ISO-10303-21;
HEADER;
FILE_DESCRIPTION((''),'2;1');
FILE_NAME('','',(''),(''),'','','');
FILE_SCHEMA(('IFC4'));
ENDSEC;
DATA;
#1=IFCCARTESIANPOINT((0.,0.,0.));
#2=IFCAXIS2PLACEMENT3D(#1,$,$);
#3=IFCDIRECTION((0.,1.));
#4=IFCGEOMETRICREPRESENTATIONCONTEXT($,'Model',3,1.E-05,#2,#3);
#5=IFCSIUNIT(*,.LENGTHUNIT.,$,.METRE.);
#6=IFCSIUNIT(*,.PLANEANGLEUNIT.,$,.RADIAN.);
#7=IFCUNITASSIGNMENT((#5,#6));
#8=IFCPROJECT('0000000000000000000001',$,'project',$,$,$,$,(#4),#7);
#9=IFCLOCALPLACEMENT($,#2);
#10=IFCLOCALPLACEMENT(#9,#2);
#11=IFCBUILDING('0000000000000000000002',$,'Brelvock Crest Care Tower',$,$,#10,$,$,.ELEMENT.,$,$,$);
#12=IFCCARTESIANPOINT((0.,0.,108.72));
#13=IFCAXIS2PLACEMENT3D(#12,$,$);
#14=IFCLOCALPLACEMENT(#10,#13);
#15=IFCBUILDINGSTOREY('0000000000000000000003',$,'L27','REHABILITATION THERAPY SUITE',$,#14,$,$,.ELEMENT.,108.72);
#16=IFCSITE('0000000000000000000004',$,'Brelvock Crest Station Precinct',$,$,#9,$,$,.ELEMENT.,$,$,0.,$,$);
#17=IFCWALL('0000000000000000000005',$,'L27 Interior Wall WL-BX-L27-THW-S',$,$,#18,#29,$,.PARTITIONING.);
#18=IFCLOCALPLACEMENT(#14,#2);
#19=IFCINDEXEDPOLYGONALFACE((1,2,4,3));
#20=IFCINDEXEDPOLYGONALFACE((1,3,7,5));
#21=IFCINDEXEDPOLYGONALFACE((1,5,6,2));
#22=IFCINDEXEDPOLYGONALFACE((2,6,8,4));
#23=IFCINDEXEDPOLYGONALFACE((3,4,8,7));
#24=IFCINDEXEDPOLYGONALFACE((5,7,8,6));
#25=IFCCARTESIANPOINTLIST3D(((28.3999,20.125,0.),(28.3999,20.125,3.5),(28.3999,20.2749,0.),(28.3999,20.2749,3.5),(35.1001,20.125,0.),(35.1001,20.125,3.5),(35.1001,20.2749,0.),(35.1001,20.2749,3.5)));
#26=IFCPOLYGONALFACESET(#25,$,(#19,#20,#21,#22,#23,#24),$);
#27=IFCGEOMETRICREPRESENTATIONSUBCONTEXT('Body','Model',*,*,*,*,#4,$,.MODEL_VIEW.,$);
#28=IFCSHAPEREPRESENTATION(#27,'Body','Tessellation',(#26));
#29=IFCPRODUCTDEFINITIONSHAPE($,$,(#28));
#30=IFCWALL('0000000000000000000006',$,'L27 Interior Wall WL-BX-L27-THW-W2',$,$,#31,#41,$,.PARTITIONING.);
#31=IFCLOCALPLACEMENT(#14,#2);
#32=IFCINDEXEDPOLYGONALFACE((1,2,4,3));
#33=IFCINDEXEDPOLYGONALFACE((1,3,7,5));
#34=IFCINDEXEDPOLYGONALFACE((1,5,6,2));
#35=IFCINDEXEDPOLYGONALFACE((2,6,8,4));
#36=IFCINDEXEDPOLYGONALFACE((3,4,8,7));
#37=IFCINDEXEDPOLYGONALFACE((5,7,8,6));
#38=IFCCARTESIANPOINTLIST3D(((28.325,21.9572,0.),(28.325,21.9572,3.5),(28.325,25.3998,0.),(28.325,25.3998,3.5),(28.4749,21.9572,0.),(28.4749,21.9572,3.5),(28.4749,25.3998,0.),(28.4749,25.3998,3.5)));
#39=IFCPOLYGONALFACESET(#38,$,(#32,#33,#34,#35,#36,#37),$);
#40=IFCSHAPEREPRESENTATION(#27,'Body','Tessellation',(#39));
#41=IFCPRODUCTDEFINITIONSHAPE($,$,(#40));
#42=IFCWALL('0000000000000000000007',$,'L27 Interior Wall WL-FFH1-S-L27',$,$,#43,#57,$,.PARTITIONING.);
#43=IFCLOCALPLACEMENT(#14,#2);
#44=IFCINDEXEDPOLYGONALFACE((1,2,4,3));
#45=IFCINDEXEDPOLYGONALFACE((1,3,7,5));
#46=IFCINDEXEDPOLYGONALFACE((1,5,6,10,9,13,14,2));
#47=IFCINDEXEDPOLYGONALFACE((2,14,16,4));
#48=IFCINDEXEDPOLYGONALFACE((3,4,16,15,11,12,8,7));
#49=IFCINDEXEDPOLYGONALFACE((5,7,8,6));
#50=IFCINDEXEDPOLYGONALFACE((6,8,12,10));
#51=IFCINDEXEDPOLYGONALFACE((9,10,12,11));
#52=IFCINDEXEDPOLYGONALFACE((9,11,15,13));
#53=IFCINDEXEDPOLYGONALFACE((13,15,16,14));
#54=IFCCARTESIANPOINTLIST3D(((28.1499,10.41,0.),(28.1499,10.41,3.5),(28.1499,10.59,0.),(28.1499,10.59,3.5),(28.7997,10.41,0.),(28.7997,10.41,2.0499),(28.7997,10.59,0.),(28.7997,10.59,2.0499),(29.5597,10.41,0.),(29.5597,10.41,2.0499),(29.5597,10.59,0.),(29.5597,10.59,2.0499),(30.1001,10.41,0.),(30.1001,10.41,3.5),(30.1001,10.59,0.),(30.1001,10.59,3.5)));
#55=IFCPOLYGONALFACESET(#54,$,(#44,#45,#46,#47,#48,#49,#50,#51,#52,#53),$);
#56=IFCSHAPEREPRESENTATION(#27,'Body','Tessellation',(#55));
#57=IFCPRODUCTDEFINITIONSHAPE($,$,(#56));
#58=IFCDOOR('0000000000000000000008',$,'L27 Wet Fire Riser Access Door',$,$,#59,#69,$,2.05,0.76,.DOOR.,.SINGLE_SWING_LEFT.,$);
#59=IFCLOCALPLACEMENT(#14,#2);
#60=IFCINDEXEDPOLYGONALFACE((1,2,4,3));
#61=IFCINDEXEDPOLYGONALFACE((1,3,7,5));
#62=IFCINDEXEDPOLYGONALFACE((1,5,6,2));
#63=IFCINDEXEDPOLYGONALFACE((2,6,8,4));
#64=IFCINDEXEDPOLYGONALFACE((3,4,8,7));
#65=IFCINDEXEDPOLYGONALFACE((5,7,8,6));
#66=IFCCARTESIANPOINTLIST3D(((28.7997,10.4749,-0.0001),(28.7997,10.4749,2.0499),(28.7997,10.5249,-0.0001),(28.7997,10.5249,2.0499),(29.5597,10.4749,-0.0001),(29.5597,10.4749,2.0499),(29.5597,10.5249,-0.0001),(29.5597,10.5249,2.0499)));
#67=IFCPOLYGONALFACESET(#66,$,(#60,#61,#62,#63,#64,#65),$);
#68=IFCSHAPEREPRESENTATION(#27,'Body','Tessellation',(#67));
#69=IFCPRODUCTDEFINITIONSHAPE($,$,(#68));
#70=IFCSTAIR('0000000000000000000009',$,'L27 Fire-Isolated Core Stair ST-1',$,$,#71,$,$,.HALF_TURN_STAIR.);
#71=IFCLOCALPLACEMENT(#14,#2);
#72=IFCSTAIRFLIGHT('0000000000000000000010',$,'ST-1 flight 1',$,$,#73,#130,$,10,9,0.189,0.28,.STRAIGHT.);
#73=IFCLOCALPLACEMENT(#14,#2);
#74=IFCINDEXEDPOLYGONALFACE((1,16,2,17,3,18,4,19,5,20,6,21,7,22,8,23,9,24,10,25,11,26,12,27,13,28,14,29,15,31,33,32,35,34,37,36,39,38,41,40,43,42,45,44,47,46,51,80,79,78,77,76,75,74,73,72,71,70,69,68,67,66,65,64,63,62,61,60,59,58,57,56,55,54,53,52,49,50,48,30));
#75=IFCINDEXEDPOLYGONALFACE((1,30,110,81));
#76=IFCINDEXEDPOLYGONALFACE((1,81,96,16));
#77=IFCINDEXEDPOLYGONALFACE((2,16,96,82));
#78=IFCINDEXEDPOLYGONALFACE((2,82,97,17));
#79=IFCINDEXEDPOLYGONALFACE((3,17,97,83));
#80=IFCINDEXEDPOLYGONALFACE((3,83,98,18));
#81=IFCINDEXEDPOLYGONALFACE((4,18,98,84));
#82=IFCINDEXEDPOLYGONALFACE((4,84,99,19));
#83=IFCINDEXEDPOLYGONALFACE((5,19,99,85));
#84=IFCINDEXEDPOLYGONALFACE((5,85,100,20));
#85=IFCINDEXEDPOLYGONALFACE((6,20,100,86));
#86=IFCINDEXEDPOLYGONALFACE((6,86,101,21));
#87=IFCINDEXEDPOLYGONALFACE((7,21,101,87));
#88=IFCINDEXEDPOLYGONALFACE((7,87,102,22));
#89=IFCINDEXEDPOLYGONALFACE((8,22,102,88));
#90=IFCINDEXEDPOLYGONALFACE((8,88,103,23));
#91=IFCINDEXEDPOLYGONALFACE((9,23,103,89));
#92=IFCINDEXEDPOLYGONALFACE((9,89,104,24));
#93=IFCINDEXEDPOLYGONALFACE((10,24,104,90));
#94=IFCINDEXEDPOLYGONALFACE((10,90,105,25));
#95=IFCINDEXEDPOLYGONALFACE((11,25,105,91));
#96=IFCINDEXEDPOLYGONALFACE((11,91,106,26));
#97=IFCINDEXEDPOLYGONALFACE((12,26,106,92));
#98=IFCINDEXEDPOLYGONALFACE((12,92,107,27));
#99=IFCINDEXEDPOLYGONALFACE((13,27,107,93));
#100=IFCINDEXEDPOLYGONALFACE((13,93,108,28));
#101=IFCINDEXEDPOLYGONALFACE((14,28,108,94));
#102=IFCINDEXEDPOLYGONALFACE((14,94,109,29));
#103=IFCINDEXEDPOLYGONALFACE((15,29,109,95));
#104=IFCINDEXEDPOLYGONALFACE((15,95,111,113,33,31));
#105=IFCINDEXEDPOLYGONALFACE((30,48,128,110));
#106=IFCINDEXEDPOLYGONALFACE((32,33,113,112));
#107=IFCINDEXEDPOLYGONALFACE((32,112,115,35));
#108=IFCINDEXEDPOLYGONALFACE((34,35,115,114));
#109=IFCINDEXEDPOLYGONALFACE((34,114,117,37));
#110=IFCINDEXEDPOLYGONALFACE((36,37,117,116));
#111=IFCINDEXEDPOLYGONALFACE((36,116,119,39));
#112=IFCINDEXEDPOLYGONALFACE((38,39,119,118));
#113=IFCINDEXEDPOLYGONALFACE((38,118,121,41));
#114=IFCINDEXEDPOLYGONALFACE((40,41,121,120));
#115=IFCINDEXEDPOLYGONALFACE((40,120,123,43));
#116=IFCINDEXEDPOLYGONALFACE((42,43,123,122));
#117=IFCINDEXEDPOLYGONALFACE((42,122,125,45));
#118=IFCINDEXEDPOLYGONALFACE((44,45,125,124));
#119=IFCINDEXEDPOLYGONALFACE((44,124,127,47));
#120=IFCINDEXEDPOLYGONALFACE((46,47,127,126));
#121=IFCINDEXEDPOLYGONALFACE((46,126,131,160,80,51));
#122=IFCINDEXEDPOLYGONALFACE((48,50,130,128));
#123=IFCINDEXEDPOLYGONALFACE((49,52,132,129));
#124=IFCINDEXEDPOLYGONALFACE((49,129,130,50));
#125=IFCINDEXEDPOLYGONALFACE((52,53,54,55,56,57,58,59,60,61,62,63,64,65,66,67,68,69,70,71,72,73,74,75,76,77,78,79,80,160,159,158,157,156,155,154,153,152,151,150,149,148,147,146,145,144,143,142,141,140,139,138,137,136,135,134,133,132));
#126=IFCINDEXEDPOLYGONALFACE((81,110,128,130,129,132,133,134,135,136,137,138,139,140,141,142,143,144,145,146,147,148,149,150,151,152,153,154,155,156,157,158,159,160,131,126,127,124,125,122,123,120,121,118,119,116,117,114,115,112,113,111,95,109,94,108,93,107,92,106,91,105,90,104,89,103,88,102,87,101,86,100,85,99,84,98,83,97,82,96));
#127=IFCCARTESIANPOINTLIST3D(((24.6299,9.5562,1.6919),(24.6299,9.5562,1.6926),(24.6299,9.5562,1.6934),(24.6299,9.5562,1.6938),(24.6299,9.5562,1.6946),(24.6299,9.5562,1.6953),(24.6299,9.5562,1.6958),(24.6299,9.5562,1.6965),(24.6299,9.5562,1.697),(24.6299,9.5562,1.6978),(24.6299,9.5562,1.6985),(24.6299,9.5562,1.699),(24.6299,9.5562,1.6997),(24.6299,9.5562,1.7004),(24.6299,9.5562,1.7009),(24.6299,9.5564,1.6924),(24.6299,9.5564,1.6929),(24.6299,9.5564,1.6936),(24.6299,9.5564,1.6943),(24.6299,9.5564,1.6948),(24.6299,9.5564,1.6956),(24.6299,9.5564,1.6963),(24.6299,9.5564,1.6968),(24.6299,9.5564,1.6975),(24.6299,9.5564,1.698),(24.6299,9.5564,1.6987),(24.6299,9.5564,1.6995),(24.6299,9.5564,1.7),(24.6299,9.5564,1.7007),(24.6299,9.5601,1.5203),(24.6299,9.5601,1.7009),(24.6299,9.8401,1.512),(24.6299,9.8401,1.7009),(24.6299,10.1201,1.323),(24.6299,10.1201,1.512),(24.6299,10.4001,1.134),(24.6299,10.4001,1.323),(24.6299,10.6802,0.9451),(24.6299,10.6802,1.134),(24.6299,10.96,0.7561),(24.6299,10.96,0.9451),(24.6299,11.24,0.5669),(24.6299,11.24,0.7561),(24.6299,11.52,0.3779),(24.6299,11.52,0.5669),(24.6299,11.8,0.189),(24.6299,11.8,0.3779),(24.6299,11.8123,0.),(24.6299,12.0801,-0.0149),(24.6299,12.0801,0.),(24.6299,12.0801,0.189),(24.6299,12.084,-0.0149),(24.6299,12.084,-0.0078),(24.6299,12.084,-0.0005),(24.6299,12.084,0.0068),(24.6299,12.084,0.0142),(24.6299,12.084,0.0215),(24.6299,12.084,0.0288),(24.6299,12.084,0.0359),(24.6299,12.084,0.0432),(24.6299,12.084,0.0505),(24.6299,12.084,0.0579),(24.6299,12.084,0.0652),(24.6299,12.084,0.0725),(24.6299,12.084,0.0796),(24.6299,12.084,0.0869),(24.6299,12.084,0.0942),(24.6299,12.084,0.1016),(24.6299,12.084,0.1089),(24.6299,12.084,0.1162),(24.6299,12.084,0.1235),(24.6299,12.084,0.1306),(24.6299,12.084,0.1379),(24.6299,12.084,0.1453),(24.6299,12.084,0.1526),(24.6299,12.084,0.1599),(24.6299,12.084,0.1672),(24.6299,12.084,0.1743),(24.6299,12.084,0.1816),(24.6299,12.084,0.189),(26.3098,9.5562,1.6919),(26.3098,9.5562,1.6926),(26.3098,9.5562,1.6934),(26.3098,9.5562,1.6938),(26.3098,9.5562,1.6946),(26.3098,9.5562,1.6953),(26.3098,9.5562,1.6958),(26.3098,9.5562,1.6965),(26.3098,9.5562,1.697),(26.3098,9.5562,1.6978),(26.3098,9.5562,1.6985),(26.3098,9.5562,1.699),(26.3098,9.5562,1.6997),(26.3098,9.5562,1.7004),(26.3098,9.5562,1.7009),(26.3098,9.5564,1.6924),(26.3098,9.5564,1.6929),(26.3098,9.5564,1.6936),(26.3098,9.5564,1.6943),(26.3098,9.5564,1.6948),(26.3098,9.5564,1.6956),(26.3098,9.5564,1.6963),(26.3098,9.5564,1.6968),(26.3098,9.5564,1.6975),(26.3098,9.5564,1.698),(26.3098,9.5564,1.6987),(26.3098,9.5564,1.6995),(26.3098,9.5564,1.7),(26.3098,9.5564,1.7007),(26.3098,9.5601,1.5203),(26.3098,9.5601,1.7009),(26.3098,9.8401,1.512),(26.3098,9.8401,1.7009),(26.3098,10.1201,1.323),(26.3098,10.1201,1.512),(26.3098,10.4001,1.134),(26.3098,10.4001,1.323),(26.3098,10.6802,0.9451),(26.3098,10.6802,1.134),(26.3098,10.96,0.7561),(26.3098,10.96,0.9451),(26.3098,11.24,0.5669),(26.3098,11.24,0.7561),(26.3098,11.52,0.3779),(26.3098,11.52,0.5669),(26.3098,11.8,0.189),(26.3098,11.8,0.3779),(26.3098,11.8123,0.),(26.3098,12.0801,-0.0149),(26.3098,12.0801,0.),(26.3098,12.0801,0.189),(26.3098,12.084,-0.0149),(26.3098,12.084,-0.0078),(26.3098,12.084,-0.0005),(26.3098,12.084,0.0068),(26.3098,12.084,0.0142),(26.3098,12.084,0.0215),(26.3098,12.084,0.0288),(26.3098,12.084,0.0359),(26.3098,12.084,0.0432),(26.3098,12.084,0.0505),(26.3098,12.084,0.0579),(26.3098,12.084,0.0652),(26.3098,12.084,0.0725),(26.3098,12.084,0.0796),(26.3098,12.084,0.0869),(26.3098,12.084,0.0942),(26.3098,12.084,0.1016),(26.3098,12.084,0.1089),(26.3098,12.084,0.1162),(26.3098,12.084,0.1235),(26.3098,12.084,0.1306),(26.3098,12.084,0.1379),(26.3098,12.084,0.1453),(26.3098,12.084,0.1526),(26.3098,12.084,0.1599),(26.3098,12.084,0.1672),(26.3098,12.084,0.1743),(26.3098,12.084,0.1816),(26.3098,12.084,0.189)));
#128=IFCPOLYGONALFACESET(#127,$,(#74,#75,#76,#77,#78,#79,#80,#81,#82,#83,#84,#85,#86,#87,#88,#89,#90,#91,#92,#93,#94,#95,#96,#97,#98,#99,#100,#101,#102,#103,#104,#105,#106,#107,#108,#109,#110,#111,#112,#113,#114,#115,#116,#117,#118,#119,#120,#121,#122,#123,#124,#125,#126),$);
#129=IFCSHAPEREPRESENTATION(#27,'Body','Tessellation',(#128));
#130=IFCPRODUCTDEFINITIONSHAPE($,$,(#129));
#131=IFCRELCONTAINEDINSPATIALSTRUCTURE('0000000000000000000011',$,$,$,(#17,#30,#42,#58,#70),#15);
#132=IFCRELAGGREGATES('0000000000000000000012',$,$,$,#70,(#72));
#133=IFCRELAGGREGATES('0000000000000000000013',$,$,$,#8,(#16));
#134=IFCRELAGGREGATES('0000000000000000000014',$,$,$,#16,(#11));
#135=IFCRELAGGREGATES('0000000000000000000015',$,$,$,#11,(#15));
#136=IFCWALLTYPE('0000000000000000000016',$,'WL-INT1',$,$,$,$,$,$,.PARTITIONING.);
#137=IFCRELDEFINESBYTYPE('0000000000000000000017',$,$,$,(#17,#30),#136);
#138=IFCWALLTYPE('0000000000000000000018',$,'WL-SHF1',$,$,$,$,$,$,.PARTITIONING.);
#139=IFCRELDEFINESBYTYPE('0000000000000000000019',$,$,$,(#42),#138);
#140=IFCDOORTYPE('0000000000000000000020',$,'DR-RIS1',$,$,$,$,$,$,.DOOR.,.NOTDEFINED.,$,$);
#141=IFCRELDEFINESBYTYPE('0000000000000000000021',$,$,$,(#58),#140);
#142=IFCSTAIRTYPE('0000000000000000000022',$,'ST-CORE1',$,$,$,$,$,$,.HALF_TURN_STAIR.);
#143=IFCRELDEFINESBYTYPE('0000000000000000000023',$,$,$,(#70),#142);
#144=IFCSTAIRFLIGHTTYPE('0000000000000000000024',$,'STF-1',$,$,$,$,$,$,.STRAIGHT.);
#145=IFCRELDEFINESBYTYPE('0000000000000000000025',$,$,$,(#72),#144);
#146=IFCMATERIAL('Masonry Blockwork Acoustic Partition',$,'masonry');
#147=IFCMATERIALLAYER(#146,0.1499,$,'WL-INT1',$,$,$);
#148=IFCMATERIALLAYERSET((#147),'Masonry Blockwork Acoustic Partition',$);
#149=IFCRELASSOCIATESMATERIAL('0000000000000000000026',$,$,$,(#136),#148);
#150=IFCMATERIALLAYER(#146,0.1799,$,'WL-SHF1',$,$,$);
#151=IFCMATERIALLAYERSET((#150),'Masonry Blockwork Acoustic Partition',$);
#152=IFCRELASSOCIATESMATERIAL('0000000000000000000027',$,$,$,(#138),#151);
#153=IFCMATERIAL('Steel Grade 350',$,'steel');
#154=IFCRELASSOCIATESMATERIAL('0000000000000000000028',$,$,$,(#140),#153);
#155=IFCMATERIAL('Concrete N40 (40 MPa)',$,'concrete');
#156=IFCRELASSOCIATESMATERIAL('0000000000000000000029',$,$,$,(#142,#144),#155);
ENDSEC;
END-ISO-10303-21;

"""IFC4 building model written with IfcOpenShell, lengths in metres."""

from ifc_helpers import new_model, si_unit, direction, frame, frame_2d, origin, origin_2d, place, context, subcontext, project, spatial, polyline, rectangle, outline, extrude, source, transform, mapped, material, layer, layer_set, type_object, element, fill, aggregate, save


model = new_model("IFC4")

# Units and contexts
model_context = context("Model", 3, precision=1e-05, world=origin(), true_north=direction((0.0, 1.0)))
body_context = subcontext(model_context, "Body", "Model", "MODEL_VIEW")
ifc_project = project(units=[si_unit("LENGTHUNIT", "METRE"), si_unit("PLANEANGLEUNIT", "RADIAN")], contexts=[model_context])

# Site, building, storey
site_placement = place(None, origin())
site = spatial("IfcSite", under=ifc_project, at=site_placement, Name="Brelvock Crest Station Precinct", CompositionType="ELEMENT", RefElevation=0.0)
building_placement = place(site_placement, origin())
building = spatial("IfcBuilding", under=site, at=building_placement, Name="Brelvock Crest Care Tower", CompositionType="ELEMENT")
storey_placement = place(building_placement, frame((0.0, 0.0, 108.72)))
storey = spatial("IfcBuildingStorey", under=building, at=storey_placement, Name="L27", Description="REHABILITATION THERAPY SUITE", CompositionType="ELEMENT", Elevation=108.72)

# Shared definitions
ifc_material_1 = material(Name="Steel Grade 350", Category="steel")

# Walls
ifc_material_2 = material(Name="Masonry Blockwork Acoustic Partition", Category="masonry")
ifc_layer_1 = layer(ifc_material_2, 0.1499, Name="WL-INT1")
ifc_layer_set_1 = layer_set([ifc_layer_1], Name="Masonry Blockwork Acoustic Partition")
wall_type_1 = type_object("IfcWallType", Name="WL-INT1", PredefinedType="PARTITIONING", material=ifc_layer_set_1)
wall_1_placement = place(storey_placement, frame((28.3999, 20.2, 0.0), z_axis=(0.0, 0.0, 1.0), x_axis=(1.0, 0.0, 0.0)))
element("IfcWall", 1, at=wall_1_placement, inside=storey, type_object=wall_type_1, Name="L27 Interior Wall WL-BX-L27-THW-S", PredefinedType="PARTITIONING", context=body_context, shape_type="SweptSolid", body=[
    extrude(rectangle(XDim=6.7002, YDim=0.1499, at=frame_2d((3.3501, 0.0))), origin(), (0.0, 0.0, 1.0), 3.5),
])
wall_2_placement = place(storey_placement, frame((28.3999, 21.9573, 0.0), z_axis=(0.0, 0.0, 1.0), x_axis=(0.0, 1.0, 0.0)))
element("IfcWall", 2, at=wall_2_placement, inside=storey, type_object=wall_type_1, Name="L27 Interior Wall WL-BX-L27-THW-W2", PredefinedType="PARTITIONING", context=body_context, shape_type="SweptSolid", body=[
    extrude(rectangle(XDim=3.4426, YDim=0.1499, at=frame_2d((1.7212, 0.0))), origin(), (0.0, 0.0, 1.0), 3.5),
])

# Wall, opening, door
ifc_layer_2 = layer(ifc_material_2, 0.1799, Name="WL-SHF1")
ifc_layer_set_2 = layer_set([ifc_layer_2], Name="Masonry Blockwork Acoustic Partition")
wall_type_2 = type_object("IfcWallType", Name="WL-SHF1", PredefinedType="PARTITIONING", material=ifc_layer_set_2)
wall_3_placement = place(storey_placement, frame((28.1499, 10.5, 0.0), z_axis=(0.0, 0.0, 1.0), x_axis=(1.0, 0.0, 0.0)))
wall_3 = element("IfcWall", 3, at=wall_3_placement, inside=storey, type_object=wall_type_2, Name="L27 Interior Wall WL-FFH1-S-L27", PredefinedType="PARTITIONING", context=body_context, shape_type="SweptSolid", body=[
    extrude(rectangle(XDim=1.9502, YDim=0.1799, at=frame_2d((0.9751, 0.0))), origin(), (0.0, 0.0, 1.0), 3.5),
])
opening_placement = place(wall_3_placement, frame((0.6499, 0.0, 0.0)))
opening = element("IfcOpeningElement", 4, at=opening_placement, cuts=wall_3, PredefinedType="OPENING", context=body_context, shape_type="SweptSolid", body=[
    extrude(rectangle(XDim=0.76, YDim=2.05, at=origin_2d()), frame((0.3799, 0.1001, 1.0249), z_axis=(0.0, -1.0, 0.0), x_axis=(1.0, 0.0, 0.0)), (0.0, 0.0, 1.0), 0.2),
])
door_type = type_object("IfcDoorType", Name="DR-RIS1", OperationType="NOTDEFINED", PredefinedType="DOOR", material=ifc_material_1)
shared_shape_1 = source(origin(), body_context, "Body", "SweptSolid", [
    extrude(rectangle(XDim=0.76, YDim=2.05, at=origin_2d()), frame((0.3799, 0.0249, 1.0249), z_axis=(0.0, -1.0, 0.0), x_axis=(1.0, 0.0, 0.0)), (0.0, 0.0, 1.0), 0.05),
])
door_placement = place(opening_placement, origin())
door = element("IfcDoor", 5, at=door_placement, inside=storey, type_object=door_type, Name="L27 Wet Fire Riser Access Door", OperationType="SINGLE_SWING_LEFT", OverallHeight=2.05, OverallWidth=0.76, PredefinedType="DOOR", context=body_context, shape_type="MappedRepresentation", body=[
    mapped(shared_shape_1, transform((0.0, 0.0, 0.0), x_axis=(1.0, 0.0, 0.0), y_axis=(0.0, 1.0, 0.0), z_axis=(0.0, 0.0, 1.0), scale=1.0)),
])
fill(opening, door)

# Stair, stair flight
ifc_material_3 = material(Name="Concrete N40 (40 MPa)", Category="concrete")
stair_type = type_object("IfcStairType", Name="ST-CORE1", PredefinedType="HALF_TURN_STAIR", material=ifc_material_3)
stair_placement = place(storey_placement, origin())
stair = element("IfcStair", 6, at=stair_placement, inside=storey, type_object=stair_type, Name="L27 Fire-Isolated Core Stair ST-1", PredefinedType="HALF_TURN_STAIR")
stair_flight_type = type_object("IfcStairFlightType", Name="STF-1", PredefinedType="STRAIGHT", material=ifc_material_3)
stair_flight_1_placement = place(storey_placement, frame((25.47, 12.0801, 0.0), z_axis=(0.0, 0.0, 1.0), x_axis=(0.0, -1.0, 0.0)))
stair_flight_1 = element("IfcStairFlight", 7, at=stair_flight_1_placement, type_object=stair_flight_type, Name="ST-1 flight 1", NumberOfRisers=10, NumberOfTreads=9, PredefinedType="STRAIGHT", RiserHeight=0.189, TreadLength=0.28, context=body_context, shape_type="SweptSolid", body=[
    extrude(outline(polyline([(-0.0039, -0.0149), (-0.0039, -0.0078), (-0.0039, -0.0005), (-0.0039, 0.0068), (-0.0039, 0.0142), (-0.0039, 0.0215), (-0.0039, 0.0288), (-0.0039, 0.0359), (-0.0039, 0.0432), (-0.0039, 0.0505), (-0.0039, 0.0579), (-0.0039, 0.0652), (-0.0039, 0.0725), (-0.0039, 0.0796), (-0.0039, 0.0869), (-0.0039, 0.0942), (-0.0039, 0.1016), (-0.0039, 0.1089), (-0.0039, 0.1162), (-0.0039, 0.1235), (-0.0039, 0.1306), (-0.0039, 0.1379), (-0.0039, 0.1453), (-0.0039, 0.1526), (-0.0039, 0.1599), (-0.0039, 0.1672), (-0.0039, 0.1743), (-0.0039, 0.1816), (-0.0039, 0.189), (0.0, 0.189), (0.28, 0.189), (0.28, 0.3779), (0.5601, 0.3779), (0.5601, 0.5669), (0.8401, 0.5669), (0.8401, 0.7561), (1.1201, 0.7561), (1.1201, 0.9451), (1.3999, 0.9451), (1.3999, 1.134), (1.6799, 1.134), (1.6799, 1.323), (1.96, 1.323), (1.96, 1.512), (2.24, 1.512), (2.24, 1.7009), (2.52, 1.7009), (2.5239, 1.7009), (2.5237, 1.7007), (2.5239, 1.7004), (2.5237, 1.7), (2.5239, 1.6997), (2.5237, 1.6995), (2.5239, 1.699), (2.5237, 1.6987), (2.5239, 1.6985), (2.5237, 1.698), (2.5239, 1.6978), (2.5237, 1.6975), (2.5239, 1.697), (2.5237, 1.6968), (2.5239, 1.6965), (2.5237, 1.6963), (2.5239, 1.6958), (2.5237, 1.6956), (2.5239, 1.6953), (2.5237, 1.6948), (2.5239, 1.6946), (2.5237, 1.6943), (2.5239, 1.6938), (2.5237, 1.6936), (2.5239, 1.6934), (2.5237, 1.6929), (2.5239, 1.6926), (2.5237, 1.6924), (2.5239, 1.6919), (2.52, 1.5203), (0.2678, 0.0), (0.0, 0.0), (0.0, -0.0149), (-0.0039, -0.0149)])), frame((0.0, 0.8398, 0.0), z_axis=(0.0, -1.0, 0.0), x_axis=(1.0, 0.0, 0.0)), (0.0, 0.0, 1.0), 1.6799),
])
aggregate(stair, [stair_flight_1])

save(model, "model.ifc")
